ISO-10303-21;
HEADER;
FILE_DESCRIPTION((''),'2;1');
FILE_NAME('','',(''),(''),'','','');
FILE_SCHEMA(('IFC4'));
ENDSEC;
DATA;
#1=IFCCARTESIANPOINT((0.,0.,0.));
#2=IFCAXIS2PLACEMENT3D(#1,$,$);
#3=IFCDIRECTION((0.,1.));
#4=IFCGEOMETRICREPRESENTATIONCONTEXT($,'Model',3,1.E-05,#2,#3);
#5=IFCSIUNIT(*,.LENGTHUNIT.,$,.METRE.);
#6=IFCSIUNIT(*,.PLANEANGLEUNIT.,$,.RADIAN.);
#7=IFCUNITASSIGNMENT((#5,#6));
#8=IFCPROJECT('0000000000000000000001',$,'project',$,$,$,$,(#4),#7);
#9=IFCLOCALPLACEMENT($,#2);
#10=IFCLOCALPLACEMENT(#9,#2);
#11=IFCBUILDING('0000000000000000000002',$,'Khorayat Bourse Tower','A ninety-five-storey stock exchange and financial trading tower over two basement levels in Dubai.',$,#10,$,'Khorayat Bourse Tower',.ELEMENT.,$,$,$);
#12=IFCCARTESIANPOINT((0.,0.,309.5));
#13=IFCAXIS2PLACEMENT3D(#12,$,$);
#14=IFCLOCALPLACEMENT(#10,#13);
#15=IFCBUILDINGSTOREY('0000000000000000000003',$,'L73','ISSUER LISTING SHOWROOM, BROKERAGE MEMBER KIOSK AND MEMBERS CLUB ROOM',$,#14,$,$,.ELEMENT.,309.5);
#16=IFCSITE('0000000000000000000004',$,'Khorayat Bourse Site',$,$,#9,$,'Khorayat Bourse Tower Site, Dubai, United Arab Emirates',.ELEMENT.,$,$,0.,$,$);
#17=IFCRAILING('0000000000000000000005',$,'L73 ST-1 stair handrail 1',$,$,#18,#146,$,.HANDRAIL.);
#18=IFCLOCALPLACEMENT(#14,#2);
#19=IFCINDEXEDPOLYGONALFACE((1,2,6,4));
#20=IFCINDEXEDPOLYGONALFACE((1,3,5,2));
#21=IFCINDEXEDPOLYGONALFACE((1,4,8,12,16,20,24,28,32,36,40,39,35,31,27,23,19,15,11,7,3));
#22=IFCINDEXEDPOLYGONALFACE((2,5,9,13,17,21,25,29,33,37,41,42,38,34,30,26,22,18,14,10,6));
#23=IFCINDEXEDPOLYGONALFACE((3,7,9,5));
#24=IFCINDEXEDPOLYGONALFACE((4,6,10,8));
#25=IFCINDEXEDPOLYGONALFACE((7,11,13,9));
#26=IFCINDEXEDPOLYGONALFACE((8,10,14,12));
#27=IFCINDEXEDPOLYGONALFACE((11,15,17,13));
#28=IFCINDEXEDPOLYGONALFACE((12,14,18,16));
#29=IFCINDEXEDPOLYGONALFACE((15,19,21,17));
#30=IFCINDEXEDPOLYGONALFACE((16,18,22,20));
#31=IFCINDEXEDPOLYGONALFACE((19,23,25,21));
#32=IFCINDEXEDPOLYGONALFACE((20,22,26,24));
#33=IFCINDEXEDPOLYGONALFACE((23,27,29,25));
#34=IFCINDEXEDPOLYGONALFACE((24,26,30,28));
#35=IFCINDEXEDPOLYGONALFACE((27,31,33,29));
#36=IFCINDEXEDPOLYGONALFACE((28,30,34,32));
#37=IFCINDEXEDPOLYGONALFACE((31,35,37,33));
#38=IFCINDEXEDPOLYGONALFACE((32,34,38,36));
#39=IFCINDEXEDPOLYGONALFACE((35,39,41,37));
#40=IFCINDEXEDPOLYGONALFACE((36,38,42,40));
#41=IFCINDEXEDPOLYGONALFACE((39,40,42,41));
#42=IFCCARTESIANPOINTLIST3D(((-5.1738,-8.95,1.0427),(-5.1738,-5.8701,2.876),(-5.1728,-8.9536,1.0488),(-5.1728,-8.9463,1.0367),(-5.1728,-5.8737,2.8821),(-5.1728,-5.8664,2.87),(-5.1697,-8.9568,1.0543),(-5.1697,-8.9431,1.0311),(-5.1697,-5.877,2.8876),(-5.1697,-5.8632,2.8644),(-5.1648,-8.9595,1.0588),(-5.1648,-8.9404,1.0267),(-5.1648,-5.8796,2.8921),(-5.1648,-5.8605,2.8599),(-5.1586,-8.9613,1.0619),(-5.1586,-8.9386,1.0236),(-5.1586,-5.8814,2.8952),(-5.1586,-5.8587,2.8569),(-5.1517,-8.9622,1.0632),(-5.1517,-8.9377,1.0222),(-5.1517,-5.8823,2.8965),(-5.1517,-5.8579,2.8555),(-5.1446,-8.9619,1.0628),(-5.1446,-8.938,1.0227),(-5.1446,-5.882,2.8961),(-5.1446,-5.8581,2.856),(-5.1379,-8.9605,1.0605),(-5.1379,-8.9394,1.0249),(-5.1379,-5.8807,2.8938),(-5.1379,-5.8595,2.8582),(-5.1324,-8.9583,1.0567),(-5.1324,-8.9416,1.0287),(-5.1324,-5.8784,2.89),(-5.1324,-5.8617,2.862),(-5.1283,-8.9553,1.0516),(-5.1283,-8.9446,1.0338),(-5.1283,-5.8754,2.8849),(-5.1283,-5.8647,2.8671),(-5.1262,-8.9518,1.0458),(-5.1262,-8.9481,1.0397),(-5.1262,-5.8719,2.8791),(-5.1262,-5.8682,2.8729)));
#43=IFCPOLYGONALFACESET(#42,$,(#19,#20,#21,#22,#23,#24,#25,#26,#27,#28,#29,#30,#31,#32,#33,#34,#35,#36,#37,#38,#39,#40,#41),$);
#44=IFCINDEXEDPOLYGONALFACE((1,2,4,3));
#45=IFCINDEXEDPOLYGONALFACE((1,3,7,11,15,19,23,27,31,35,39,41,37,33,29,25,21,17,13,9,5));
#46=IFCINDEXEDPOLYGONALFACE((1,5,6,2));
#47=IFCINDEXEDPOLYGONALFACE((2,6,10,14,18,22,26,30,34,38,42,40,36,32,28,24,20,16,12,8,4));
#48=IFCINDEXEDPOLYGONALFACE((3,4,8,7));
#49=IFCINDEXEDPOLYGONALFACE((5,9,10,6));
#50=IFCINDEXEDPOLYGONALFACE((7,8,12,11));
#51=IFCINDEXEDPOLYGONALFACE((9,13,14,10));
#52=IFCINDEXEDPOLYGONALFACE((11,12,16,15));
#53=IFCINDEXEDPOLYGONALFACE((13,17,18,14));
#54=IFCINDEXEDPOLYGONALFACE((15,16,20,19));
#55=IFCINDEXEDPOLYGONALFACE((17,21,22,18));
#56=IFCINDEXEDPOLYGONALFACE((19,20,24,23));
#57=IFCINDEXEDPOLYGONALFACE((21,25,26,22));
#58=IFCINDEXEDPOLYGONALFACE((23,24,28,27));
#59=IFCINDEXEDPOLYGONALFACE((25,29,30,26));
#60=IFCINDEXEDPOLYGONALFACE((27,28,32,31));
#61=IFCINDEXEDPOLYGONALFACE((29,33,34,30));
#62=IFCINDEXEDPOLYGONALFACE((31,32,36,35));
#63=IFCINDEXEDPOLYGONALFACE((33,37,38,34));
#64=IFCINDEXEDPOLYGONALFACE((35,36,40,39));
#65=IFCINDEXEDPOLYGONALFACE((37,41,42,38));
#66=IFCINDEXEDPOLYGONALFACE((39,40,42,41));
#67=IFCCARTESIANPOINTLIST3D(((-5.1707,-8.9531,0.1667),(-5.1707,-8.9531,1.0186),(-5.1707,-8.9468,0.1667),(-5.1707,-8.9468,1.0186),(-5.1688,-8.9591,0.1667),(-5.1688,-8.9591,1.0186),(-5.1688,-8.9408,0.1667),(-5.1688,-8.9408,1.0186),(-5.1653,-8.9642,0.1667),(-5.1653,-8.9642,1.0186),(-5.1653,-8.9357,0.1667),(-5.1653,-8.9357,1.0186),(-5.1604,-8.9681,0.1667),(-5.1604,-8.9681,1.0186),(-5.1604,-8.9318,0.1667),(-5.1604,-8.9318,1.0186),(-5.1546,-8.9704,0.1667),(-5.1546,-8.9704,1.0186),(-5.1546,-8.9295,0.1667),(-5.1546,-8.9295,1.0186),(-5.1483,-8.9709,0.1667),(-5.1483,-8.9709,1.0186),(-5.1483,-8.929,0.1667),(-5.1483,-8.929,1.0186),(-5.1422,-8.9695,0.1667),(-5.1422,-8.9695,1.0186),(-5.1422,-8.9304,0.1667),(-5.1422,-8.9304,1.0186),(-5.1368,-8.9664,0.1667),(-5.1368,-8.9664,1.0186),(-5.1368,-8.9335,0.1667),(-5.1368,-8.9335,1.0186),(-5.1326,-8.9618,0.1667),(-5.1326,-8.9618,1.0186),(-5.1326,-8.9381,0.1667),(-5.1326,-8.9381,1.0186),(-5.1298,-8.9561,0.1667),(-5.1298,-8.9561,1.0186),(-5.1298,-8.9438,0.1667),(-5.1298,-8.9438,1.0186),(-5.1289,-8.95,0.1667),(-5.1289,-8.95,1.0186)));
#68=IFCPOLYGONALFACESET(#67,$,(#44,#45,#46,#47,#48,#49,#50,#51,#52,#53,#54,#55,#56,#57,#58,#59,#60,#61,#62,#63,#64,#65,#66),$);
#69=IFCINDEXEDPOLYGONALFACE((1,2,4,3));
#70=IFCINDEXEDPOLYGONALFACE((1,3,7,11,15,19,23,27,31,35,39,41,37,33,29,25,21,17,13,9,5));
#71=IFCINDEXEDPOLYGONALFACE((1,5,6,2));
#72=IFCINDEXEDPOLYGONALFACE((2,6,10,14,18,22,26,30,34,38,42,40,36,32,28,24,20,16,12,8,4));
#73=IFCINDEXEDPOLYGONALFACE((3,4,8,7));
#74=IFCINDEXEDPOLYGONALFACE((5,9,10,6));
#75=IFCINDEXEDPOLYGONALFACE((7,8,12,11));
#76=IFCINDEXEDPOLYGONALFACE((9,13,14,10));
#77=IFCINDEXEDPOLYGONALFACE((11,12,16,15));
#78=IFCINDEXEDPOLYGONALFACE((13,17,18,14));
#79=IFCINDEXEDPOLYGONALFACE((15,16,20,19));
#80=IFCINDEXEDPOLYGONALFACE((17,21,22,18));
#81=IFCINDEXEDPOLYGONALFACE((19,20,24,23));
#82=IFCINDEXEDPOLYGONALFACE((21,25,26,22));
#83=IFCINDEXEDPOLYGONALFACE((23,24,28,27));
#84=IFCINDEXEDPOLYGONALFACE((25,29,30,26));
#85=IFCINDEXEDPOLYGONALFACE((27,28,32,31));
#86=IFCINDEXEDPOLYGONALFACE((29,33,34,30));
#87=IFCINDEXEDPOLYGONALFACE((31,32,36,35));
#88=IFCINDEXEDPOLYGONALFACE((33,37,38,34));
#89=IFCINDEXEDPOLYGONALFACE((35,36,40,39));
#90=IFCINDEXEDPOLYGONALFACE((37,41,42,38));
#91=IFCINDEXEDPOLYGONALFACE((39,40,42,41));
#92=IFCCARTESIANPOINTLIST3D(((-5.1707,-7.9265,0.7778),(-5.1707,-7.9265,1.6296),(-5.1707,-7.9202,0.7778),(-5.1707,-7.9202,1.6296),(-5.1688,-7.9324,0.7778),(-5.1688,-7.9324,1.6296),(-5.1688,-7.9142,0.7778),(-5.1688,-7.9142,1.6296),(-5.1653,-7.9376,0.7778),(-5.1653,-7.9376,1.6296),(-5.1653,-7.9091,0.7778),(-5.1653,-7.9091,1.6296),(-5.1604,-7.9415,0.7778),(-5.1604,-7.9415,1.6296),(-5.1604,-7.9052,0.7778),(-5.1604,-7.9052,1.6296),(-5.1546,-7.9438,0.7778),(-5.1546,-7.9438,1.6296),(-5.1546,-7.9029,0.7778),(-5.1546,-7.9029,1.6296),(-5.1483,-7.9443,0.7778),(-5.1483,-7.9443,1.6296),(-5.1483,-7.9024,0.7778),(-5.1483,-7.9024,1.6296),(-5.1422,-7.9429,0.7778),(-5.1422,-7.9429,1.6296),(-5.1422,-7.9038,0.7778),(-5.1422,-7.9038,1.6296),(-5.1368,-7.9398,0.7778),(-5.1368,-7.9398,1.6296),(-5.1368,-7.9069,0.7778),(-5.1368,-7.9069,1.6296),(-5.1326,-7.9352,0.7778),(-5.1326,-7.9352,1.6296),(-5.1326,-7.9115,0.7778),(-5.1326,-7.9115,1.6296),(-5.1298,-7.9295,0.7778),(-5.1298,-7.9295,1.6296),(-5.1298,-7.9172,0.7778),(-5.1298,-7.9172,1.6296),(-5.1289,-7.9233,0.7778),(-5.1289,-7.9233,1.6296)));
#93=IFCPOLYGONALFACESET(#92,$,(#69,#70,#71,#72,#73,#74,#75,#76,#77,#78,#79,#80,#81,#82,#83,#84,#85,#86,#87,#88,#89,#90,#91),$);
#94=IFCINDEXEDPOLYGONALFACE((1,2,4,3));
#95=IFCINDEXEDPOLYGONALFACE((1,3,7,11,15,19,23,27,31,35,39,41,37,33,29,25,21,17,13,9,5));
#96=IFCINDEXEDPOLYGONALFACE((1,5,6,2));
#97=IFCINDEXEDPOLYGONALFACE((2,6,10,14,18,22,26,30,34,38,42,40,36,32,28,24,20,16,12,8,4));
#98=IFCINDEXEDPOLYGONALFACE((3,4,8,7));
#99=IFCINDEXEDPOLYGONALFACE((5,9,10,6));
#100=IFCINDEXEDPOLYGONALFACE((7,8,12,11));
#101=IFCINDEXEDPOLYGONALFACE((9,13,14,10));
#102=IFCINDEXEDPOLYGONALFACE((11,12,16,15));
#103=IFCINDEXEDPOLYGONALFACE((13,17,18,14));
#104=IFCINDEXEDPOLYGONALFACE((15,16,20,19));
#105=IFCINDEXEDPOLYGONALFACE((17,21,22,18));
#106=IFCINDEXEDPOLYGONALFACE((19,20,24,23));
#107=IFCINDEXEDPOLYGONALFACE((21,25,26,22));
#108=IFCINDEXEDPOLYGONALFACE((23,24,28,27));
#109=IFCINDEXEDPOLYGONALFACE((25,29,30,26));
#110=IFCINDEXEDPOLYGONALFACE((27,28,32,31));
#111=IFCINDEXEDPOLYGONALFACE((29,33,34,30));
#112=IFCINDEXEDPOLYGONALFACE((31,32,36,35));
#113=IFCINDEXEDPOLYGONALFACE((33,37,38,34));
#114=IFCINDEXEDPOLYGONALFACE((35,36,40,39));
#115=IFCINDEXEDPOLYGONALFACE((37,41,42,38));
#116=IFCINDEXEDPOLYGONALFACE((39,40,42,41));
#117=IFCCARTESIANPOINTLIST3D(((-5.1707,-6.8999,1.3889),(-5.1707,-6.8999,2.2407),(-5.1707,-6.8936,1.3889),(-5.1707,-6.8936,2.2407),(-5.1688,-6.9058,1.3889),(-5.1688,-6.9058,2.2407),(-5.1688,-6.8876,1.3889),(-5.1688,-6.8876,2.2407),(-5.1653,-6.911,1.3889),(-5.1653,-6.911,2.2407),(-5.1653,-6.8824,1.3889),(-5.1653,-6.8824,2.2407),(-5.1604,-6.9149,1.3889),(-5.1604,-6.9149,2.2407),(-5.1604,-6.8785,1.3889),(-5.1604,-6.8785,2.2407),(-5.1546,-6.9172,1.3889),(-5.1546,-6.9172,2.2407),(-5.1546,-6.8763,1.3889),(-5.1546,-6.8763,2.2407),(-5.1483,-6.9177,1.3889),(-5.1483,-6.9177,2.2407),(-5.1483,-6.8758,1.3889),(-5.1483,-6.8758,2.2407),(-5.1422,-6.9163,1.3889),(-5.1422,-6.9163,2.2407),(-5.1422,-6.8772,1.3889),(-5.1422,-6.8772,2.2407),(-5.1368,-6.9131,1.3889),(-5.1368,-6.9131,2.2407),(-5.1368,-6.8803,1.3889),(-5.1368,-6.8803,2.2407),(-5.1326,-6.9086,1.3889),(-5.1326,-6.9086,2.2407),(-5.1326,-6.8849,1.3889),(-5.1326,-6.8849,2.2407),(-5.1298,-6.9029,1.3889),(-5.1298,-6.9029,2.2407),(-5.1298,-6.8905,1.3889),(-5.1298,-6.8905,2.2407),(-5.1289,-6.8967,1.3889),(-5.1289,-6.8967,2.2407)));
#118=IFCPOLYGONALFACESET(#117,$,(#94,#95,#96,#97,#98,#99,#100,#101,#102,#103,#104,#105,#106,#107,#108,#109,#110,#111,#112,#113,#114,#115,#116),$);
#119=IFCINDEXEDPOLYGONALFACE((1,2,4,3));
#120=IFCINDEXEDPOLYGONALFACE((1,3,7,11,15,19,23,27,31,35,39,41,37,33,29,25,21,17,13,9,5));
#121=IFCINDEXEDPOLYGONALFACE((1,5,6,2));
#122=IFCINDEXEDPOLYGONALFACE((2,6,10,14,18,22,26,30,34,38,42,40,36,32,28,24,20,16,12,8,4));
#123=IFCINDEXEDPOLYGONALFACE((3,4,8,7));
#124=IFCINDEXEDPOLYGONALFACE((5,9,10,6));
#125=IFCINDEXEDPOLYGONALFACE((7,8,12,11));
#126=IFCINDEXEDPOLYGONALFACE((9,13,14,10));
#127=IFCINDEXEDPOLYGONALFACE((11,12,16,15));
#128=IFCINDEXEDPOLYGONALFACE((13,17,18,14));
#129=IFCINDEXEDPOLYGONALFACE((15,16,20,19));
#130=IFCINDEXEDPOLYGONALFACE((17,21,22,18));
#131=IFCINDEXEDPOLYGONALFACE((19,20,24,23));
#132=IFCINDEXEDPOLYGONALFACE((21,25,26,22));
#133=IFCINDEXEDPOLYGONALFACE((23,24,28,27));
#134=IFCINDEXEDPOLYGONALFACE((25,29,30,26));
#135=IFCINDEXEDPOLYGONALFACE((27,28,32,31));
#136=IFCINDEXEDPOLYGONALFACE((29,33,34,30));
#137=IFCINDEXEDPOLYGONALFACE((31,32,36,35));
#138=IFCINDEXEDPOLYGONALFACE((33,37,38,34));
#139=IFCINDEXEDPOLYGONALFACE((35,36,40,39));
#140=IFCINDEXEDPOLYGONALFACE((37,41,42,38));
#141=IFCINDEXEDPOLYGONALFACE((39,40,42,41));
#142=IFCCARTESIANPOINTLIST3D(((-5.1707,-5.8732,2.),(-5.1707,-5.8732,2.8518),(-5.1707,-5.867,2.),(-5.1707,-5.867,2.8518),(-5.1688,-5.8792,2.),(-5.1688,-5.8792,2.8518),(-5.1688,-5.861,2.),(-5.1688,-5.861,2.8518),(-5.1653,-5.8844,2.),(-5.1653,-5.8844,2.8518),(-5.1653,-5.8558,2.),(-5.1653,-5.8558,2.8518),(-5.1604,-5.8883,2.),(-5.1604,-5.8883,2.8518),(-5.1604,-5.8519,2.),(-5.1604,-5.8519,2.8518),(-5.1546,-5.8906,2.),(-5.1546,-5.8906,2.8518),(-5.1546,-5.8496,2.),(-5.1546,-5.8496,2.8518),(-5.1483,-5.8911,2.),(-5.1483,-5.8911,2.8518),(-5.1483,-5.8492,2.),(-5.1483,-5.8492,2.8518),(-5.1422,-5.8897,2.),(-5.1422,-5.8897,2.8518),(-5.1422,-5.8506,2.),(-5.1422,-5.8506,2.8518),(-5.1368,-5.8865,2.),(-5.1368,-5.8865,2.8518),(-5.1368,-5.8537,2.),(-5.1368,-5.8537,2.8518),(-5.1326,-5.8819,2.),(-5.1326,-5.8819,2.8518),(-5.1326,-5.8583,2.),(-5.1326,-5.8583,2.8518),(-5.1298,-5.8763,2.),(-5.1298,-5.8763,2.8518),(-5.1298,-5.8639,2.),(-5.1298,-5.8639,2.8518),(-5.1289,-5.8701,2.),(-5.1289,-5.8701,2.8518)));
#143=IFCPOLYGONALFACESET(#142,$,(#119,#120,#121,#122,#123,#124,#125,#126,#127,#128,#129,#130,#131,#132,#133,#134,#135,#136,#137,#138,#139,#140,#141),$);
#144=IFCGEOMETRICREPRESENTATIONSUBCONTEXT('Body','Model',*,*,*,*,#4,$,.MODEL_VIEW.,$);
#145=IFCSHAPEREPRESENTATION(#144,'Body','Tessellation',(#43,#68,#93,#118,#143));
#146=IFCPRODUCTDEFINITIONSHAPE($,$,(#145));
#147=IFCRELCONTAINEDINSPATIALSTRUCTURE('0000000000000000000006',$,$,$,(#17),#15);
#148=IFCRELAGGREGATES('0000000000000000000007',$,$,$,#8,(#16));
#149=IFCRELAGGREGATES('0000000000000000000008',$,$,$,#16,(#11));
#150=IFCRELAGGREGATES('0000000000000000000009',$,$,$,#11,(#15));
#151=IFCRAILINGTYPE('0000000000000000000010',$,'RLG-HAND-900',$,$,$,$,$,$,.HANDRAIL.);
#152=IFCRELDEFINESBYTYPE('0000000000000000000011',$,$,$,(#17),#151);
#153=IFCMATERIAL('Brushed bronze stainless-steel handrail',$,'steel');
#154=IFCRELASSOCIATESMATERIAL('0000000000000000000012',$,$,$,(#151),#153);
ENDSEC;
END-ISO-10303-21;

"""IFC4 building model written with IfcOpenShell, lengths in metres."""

from ifc_helpers import new_model, si_unit, direction, frame, origin, origin_2d, place, context, subcontext, project, spatial, circle, extrude, source, transform, mapped, material, type_object, element, save


model = new_model("IFC4")

# Units and contexts
model_context = context("Model", 3, precision=1e-05, world=origin(), true_north=direction((0.0, 1.0)))
body_context = subcontext(model_context, "Body", "Model", "MODEL_VIEW")
ifc_project = project(units=[si_unit("LENGTHUNIT", "METRE"), si_unit("PLANEANGLEUNIT", "RADIAN")], contexts=[model_context])

# Site, building, storey
site_placement = place(None, origin())
site = spatial("IfcSite", under=ifc_project, at=site_placement, Name="Khorayat Bourse Site", LongName="Khorayat Bourse Tower Site, Dubai, United Arab Emirates", CompositionType="ELEMENT", RefElevation=0.0)
building_placement = place(site_placement, origin())
building = spatial("IfcBuilding", under=site, at=building_placement, Name="Khorayat Bourse Tower", Description="A ninety-five-storey stock exchange and financial trading tower over two basement levels in Dubai.", LongName="Khorayat Bourse Tower", CompositionType="ELEMENT")
storey_placement = place(building_placement, frame((0.0, 0.0, 309.5)))
storey = spatial("IfcBuildingStorey", under=building, at=storey_placement, Name="L73", Description="ISSUER LISTING SHOWROOM, BROKERAGE MEMBER KIOSK AND MEMBERS CLUB ROOM", CompositionType="ELEMENT", Elevation=309.5)

# Railing
ifc_material_1 = material(Name="Brushed bronze stainless-steel handrail", Category="steel")
railing_type_1 = type_object("IfcRailingType", Name="RLG-HAND-900", PredefinedType="HANDRAIL", material=ifc_material_1)
shared_shape_1 = source(origin(), body_context, "Body", "SweptSolid", [
    extrude(circle(Radius=0.0239, at=origin_2d()), frame((0.0, 0.0, 0.876), z_axis=(0.0, 0.859291, 0.511487), x_axis=(-1.0, 0.0, 0.0)), (0.0, 0.0, 1.0), 3.5842),
    extrude(circle(Radius=0.021, at=origin_2d()), origin(), (0.0, 0.0, 1.0), 0.8518),
    extrude(circle(Radius=0.021, at=origin_2d()), frame((0.0, 1.0266, 0.6111)), (0.0, 0.0, 1.0), 0.8518),
    extrude(circle(Radius=0.021, at=origin_2d()), frame((0.0, 2.0532, 1.2222)), (0.0, 0.0, 1.0), 0.8518),
    extrude(circle(Radius=0.021, at=origin_2d()), frame((0.0, 3.0798, 1.8333)), (0.0, 0.0, 1.0), 0.8518),
])
railing_1_placement = place(storey_placement, frame((-5.1499, -8.95, 0.1667)))
element("IfcRailing", 1, at=railing_1_placement, inside=storey, type_object=railing_type_1, Name="L73 ST-1 stair handrail 1", PredefinedType="HANDRAIL", context=body_context, shape_type="MappedRepresentation", body=[
    mapped(shared_shape_1, transform((0.0, 0.0, 0.0), scale=1.0)),
])

save(model, "model.ifc")
